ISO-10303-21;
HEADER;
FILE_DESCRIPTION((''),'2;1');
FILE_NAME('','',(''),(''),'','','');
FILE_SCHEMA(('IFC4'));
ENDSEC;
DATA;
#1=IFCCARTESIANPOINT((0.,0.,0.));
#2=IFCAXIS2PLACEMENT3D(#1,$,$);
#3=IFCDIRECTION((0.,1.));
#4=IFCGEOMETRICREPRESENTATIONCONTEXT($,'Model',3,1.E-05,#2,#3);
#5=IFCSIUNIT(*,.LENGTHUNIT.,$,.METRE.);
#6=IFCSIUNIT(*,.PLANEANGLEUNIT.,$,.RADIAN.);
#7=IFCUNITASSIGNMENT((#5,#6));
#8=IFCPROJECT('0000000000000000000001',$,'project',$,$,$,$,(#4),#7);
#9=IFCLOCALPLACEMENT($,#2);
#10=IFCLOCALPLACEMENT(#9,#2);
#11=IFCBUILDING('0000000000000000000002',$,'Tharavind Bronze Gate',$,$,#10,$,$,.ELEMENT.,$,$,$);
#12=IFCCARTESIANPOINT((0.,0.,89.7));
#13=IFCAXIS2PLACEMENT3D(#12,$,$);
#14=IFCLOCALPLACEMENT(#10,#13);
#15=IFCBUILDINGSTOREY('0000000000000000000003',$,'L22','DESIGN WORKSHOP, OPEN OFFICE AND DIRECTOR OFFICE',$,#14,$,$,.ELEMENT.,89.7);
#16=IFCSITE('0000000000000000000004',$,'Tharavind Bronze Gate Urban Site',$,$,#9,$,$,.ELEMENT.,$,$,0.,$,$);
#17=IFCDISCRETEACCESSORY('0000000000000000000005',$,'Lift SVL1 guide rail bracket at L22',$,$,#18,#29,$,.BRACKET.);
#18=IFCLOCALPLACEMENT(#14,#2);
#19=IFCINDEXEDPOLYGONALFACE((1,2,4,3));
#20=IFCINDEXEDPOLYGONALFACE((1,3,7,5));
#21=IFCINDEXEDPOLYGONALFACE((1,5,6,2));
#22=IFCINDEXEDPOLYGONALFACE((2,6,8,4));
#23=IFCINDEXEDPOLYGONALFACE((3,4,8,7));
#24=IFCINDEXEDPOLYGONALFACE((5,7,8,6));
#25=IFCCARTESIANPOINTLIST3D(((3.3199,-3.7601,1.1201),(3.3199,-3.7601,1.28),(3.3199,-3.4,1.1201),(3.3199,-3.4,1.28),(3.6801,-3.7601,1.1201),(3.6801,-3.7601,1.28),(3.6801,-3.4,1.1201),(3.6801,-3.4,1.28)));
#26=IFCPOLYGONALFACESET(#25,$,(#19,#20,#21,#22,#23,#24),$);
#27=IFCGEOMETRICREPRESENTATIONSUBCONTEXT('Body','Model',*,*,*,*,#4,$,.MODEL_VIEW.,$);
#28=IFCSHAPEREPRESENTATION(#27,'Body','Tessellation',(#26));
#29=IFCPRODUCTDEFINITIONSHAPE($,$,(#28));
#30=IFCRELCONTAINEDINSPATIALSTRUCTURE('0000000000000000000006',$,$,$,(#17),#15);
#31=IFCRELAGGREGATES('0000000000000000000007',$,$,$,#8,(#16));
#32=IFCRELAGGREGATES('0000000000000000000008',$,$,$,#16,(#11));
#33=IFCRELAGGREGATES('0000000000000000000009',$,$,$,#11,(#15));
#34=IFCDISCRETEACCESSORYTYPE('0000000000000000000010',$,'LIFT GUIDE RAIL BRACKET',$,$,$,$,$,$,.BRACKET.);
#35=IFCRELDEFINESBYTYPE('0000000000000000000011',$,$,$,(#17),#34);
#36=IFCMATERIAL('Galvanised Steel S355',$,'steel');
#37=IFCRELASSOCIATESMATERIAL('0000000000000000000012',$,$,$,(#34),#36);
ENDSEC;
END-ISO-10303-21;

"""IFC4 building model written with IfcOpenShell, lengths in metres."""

from ifc_helpers import new_model, si_unit, direction, frame, origin, origin_2d, place, context, subcontext, project, spatial, rectangle, extrude, material, type_object, element, save


model = new_model("IFC4")

# Units and contexts
model_context = context("Model", 3, precision=1e-05, world=origin(), true_north=direction((0.0, 1.0)))
body_context = subcontext(model_context, "Body", "Model", "MODEL_VIEW")
ifc_project = project(units=[si_unit("LENGTHUNIT", "METRE"), si_unit("PLANEANGLEUNIT", "RADIAN")], contexts=[model_context])

# Site, building, storey
site_placement = place(None, origin())
site = spatial("IfcSite", under=ifc_project, at=site_placement, Name="Tharavind Bronze Gate Urban Site", CompositionType="ELEMENT", RefElevation=0.0)
building_placement = place(site_placement, origin())
building = spatial("IfcBuilding", under=site, at=building_placement, Name="Tharavind Bronze Gate", CompositionType="ELEMENT")
storey_placement = place(building_placement, frame((0.0, 0.0, 89.7)))
storey = spatial("IfcBuildingStorey", under=building, at=storey_placement, Name="L22", Description="DESIGN WORKSHOP, OPEN OFFICE AND DIRECTOR OFFICE", CompositionType="ELEMENT", Elevation=89.7)

# Discrete accessory
ifc_material_1 = material(Name="Galvanised Steel S355", Category="steel")
discrete_accessory_type = type_object("IfcDiscreteAccessoryType", Name="LIFT GUIDE RAIL BRACKET", PredefinedType="BRACKET", material=ifc_material_1)
discrete_accessory_placement = place(storey_placement, frame((3.5, -3.5801, 1.1201), z_axis=(0.0, 0.0, 1.0), x_axis=(1.0, 0.0, 0.0)))
element("IfcDiscreteAccessory", 1, at=discrete_accessory_placement, inside=storey, type_object=discrete_accessory_type, Name="Lift SVL1 guide rail bracket at L22", PredefinedType="BRACKET", context=body_context, shape_type="SweptSolid", body=[
    extrude(rectangle(XDim=0.3601, YDim=0.3601, at=origin_2d()), origin(), (0.0, 0.0, 1.0), 0.1599),
])

save(model, "model.ifc")
